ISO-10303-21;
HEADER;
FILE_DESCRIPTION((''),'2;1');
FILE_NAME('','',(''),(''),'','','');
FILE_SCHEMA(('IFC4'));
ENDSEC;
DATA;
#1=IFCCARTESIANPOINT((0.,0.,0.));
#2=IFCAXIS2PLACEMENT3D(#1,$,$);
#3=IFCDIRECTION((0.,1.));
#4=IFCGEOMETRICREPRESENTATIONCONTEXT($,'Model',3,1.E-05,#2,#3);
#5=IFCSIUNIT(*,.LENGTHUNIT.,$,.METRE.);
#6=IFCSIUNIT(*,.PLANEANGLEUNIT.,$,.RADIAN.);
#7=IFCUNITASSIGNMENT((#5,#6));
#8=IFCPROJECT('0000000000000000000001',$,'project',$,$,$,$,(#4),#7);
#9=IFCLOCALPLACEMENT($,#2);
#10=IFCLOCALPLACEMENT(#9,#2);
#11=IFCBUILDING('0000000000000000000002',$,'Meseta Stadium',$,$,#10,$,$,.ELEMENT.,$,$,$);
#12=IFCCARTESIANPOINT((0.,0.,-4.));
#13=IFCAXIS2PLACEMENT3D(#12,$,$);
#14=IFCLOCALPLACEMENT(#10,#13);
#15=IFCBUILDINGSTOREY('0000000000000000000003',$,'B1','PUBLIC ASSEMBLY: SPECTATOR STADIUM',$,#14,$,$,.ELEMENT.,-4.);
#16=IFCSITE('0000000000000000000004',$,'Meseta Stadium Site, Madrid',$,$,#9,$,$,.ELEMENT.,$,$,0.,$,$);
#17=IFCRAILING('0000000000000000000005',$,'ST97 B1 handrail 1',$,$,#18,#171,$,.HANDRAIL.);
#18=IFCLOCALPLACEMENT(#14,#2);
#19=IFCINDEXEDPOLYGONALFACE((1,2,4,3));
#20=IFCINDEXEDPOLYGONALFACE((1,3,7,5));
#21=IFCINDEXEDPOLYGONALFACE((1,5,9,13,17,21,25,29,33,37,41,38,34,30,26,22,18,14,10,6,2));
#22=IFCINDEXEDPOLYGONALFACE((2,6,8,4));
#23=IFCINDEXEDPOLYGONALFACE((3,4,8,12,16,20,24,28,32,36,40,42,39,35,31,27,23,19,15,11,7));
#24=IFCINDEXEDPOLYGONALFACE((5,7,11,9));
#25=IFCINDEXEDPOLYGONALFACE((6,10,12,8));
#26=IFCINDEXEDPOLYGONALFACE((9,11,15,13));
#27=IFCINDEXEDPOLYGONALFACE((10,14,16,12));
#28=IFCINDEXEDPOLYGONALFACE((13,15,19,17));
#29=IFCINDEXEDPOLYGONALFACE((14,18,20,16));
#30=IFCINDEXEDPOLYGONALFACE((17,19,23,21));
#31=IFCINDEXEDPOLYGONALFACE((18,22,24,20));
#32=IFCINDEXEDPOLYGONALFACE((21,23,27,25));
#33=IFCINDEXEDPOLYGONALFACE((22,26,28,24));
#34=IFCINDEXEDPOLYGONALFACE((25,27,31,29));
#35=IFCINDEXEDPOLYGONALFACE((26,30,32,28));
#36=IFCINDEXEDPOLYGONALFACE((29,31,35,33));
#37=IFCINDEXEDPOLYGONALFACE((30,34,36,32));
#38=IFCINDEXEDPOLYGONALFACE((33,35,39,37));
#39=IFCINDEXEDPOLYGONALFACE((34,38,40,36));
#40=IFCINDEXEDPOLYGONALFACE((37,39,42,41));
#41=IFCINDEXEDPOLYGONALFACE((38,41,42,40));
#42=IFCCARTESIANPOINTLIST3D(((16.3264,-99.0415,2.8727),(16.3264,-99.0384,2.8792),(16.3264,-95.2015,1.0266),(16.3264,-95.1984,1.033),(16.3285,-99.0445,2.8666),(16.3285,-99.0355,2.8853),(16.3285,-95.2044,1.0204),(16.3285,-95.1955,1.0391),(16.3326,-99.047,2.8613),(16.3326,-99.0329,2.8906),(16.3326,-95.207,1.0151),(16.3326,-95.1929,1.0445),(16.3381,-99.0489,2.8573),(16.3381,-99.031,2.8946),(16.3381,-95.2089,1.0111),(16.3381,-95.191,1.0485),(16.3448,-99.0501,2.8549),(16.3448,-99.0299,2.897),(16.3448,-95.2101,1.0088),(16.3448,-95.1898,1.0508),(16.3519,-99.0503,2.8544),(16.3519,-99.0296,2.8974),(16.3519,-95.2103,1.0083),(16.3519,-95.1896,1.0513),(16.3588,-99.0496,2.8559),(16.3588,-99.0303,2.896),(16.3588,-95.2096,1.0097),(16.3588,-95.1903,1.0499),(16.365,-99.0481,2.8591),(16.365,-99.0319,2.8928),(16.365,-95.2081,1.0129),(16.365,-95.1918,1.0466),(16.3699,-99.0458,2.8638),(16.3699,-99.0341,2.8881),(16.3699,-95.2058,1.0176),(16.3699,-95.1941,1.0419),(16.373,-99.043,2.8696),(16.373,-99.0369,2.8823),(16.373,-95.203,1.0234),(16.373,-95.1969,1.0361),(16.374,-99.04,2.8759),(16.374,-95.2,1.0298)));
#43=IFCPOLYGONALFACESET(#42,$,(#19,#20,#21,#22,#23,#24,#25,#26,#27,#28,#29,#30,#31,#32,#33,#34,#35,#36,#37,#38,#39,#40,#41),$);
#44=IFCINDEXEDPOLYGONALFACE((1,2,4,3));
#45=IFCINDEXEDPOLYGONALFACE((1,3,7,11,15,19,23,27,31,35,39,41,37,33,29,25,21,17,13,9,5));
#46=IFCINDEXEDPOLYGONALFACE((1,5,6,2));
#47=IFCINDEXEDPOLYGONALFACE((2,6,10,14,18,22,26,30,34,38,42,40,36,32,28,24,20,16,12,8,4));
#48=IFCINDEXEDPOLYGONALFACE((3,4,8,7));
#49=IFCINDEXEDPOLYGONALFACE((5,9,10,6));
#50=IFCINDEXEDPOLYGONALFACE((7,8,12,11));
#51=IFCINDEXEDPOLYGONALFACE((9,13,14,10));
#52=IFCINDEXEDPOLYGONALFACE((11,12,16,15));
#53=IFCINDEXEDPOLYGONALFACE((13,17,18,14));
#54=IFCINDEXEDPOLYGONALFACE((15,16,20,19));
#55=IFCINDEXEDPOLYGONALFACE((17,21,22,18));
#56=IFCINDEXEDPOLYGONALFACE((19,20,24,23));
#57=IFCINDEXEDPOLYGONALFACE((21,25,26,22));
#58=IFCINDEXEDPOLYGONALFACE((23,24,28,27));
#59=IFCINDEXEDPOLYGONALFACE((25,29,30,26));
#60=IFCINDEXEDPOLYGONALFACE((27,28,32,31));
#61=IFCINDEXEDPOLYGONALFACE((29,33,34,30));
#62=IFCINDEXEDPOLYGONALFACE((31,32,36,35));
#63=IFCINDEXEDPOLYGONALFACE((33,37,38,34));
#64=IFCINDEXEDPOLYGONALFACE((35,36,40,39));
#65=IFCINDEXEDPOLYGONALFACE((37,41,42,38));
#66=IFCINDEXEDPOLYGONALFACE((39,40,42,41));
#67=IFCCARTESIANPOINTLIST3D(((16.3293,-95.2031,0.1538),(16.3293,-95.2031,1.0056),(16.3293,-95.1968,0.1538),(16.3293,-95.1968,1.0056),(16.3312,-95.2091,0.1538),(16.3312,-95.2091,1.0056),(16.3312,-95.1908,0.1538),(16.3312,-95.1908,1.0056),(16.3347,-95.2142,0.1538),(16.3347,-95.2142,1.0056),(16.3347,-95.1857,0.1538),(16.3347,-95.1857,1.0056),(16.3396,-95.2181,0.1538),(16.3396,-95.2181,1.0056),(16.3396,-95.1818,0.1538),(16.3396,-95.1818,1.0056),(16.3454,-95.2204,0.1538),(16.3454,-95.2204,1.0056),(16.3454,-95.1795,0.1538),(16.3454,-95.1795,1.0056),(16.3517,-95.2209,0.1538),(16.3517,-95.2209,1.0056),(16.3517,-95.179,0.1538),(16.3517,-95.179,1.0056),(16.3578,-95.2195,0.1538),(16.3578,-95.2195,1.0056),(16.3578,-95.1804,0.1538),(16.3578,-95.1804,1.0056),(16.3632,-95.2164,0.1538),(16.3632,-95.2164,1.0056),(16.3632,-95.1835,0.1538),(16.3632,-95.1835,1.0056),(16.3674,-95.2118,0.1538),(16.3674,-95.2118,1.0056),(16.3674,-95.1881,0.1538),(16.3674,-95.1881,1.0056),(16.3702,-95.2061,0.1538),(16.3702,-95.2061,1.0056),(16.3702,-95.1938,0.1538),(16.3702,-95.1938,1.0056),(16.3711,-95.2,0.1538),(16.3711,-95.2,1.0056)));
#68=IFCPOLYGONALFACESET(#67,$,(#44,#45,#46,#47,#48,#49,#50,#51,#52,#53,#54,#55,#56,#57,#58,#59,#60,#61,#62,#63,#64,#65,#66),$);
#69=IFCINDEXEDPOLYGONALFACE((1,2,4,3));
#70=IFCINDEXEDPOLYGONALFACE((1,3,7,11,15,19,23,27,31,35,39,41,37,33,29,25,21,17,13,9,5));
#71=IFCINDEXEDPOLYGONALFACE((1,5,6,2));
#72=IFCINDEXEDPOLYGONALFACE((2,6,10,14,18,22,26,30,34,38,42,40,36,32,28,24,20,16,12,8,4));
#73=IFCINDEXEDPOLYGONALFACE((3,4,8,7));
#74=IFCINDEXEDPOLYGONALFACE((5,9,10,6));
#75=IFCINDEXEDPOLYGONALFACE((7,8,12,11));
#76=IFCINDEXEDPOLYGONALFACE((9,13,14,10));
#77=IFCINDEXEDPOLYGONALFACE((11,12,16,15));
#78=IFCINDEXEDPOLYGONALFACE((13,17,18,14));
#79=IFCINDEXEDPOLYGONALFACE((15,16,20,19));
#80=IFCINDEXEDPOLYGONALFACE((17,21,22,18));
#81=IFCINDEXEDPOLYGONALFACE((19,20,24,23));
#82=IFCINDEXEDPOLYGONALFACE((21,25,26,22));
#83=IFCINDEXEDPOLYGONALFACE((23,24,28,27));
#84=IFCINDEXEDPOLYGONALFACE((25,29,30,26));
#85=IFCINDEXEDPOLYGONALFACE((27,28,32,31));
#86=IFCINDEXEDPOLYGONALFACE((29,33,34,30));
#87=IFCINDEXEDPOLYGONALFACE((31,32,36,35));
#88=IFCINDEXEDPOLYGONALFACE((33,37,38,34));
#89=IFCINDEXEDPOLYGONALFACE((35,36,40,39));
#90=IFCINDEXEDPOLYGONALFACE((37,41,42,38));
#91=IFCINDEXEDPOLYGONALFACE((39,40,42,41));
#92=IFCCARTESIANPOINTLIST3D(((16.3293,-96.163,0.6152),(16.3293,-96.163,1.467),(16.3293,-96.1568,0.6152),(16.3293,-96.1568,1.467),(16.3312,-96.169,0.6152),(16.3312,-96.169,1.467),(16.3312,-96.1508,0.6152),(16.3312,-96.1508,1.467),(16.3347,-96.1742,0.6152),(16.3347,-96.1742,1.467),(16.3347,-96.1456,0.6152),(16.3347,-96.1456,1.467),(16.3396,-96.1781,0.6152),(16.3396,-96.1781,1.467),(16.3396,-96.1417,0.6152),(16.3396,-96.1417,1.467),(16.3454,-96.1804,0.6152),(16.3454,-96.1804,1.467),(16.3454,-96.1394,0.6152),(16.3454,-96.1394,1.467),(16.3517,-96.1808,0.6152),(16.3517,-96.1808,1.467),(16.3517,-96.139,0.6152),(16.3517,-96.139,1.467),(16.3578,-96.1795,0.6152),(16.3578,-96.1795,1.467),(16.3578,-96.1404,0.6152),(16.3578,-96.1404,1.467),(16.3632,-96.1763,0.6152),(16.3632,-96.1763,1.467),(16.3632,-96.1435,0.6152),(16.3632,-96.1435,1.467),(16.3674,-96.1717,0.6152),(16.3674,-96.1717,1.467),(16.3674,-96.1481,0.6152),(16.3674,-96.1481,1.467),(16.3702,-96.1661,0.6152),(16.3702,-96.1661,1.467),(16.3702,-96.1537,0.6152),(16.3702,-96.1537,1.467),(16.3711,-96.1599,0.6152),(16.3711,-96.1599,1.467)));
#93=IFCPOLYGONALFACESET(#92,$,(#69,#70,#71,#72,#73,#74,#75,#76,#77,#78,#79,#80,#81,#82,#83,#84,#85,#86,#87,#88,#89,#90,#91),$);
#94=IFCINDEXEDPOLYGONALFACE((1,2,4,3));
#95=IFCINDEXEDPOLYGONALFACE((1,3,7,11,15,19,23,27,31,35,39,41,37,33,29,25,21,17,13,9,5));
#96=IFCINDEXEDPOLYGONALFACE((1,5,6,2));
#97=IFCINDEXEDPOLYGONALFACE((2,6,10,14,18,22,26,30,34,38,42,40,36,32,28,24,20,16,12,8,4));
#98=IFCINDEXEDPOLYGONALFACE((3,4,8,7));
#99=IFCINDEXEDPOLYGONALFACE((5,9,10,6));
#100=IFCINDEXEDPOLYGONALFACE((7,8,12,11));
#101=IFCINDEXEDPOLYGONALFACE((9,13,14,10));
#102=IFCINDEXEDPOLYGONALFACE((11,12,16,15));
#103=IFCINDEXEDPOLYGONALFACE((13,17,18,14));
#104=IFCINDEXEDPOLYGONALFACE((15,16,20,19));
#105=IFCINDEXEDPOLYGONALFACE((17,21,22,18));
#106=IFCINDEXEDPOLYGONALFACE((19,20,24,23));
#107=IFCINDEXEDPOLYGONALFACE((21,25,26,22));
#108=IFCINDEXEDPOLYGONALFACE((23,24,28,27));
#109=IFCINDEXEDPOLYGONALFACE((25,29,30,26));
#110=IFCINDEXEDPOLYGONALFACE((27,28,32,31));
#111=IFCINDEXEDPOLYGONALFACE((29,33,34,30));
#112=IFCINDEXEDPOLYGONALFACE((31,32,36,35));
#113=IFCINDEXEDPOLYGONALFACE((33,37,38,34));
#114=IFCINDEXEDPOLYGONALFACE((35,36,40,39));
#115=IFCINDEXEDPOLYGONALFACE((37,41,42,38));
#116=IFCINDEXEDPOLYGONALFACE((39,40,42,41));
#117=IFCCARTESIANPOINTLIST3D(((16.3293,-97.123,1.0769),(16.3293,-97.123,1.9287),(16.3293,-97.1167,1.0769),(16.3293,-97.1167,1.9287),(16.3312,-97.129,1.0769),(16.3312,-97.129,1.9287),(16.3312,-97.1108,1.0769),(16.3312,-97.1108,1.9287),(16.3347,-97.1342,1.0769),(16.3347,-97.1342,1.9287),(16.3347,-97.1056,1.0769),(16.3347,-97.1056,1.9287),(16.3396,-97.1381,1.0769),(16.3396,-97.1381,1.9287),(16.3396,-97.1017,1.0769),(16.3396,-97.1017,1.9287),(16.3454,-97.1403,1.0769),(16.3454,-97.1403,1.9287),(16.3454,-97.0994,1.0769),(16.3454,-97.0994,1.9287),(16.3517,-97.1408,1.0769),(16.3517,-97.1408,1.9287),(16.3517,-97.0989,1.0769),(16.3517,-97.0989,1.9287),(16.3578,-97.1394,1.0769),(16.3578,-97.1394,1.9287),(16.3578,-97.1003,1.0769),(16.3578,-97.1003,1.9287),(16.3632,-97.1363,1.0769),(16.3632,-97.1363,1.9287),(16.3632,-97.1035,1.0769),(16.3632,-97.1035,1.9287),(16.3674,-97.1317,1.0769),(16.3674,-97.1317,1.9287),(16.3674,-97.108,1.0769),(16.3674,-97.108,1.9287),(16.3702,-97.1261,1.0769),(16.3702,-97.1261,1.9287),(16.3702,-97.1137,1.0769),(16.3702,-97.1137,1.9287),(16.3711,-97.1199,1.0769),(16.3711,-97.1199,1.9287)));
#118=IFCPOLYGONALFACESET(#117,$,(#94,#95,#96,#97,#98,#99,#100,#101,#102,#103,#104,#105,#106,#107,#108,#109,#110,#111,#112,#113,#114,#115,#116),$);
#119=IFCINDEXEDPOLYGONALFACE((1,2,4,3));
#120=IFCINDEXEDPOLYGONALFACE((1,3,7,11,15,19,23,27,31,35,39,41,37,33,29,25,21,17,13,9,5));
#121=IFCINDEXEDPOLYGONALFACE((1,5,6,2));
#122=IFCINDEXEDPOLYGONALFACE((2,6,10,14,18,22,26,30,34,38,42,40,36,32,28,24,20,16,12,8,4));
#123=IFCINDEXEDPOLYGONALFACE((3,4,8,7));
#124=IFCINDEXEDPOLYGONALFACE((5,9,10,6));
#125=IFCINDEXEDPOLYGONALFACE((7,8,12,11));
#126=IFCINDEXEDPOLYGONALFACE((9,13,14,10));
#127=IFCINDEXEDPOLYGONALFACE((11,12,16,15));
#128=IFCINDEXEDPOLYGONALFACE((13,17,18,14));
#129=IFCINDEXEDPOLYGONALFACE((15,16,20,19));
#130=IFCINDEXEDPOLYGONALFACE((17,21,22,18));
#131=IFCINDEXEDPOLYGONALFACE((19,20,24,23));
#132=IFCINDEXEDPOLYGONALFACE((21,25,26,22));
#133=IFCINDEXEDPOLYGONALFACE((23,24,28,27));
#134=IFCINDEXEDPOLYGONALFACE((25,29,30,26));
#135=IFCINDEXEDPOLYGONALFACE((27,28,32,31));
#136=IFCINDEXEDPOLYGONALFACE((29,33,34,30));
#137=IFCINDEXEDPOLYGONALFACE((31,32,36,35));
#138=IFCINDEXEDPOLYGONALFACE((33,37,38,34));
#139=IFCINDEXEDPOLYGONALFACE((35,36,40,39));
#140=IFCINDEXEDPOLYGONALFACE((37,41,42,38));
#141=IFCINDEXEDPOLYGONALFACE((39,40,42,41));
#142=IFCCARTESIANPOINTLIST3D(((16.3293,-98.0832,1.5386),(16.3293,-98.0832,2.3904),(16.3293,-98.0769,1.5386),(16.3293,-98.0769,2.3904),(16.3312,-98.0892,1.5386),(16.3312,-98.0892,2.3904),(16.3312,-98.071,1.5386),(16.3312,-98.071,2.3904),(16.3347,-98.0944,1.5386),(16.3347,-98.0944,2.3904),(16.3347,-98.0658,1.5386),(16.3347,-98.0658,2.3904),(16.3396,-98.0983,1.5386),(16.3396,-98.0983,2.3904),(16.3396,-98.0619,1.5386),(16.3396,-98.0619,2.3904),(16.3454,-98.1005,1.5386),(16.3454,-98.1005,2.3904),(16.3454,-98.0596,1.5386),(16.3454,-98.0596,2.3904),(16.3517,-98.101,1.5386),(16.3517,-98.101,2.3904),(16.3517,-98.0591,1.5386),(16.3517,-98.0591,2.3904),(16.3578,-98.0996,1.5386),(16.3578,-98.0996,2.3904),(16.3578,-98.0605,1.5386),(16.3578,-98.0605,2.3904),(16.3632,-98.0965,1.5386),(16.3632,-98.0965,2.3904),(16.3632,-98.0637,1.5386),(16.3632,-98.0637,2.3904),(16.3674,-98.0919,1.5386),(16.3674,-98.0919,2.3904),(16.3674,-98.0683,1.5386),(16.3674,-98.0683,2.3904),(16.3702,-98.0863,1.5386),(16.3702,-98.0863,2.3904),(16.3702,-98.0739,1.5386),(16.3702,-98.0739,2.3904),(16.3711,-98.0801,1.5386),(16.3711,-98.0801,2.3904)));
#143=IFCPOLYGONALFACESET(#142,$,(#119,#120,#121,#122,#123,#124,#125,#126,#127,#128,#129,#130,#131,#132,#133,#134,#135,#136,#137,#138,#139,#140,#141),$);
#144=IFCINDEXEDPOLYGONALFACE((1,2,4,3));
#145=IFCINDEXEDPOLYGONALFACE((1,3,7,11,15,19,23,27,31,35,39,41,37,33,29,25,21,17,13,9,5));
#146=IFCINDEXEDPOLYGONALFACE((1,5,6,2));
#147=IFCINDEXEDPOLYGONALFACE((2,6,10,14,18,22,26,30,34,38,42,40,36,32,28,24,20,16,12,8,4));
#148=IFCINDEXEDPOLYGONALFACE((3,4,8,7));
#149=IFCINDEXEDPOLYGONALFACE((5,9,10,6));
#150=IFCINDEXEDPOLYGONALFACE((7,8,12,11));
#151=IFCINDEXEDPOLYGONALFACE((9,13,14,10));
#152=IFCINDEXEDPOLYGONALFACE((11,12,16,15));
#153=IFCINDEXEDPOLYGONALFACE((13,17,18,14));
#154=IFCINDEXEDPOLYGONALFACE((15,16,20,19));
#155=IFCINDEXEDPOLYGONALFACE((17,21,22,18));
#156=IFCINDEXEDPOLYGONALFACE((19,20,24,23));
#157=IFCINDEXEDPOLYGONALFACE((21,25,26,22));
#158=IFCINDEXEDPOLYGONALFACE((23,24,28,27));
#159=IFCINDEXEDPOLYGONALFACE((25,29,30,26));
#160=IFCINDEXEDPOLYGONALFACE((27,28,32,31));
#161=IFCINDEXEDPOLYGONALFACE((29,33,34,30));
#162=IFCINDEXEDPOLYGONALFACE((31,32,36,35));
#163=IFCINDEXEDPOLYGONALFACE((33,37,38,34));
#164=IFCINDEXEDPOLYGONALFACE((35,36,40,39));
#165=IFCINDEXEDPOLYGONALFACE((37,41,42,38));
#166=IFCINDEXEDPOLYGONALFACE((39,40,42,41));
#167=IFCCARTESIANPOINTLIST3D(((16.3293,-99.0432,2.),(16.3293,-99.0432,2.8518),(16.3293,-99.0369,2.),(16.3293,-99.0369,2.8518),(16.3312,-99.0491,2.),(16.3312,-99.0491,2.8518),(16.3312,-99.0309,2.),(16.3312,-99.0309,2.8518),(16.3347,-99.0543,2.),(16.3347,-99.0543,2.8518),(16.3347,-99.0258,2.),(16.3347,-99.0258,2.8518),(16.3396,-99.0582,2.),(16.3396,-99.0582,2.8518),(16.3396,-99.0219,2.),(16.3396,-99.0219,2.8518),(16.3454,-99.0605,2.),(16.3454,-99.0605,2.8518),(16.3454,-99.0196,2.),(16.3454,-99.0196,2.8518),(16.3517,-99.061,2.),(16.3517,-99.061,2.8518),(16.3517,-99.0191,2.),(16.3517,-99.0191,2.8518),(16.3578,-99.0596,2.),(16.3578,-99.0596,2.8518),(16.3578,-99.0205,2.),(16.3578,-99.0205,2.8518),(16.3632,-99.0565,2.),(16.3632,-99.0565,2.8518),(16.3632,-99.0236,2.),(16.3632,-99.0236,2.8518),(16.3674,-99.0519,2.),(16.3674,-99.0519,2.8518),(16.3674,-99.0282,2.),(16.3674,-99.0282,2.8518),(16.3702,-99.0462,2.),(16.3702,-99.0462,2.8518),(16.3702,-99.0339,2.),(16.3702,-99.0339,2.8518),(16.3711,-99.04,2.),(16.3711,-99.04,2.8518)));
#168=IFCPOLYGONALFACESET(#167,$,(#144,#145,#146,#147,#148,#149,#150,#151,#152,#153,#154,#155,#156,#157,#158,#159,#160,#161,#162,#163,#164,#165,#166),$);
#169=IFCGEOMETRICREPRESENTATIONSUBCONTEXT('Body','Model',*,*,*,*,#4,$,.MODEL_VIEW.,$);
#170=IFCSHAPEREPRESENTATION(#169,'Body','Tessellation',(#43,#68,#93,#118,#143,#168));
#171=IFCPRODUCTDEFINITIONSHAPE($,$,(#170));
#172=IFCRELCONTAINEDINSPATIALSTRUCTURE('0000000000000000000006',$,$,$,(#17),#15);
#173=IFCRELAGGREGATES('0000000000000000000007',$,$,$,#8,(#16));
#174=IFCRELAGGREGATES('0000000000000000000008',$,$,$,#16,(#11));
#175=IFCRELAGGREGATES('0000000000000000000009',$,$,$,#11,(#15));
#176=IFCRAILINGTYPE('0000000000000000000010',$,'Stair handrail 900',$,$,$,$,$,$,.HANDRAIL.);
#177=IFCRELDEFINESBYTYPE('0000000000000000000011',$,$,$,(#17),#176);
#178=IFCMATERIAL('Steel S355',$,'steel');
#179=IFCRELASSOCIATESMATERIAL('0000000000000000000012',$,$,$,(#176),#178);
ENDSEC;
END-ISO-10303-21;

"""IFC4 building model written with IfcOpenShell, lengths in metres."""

from ifc_helpers import new_model, si_unit, direction, frame, origin, origin_2d, place, context, subcontext, project, spatial, circle, extrude, material, type_object, element, save


model = new_model("IFC4")

# Units and contexts
model_context = context("Model", 3, precision=1e-05, world=origin(), true_north=direction((0.0, 1.0)))
body_context = subcontext(model_context, "Body", "Model", "MODEL_VIEW")
ifc_project = project(units=[si_unit("LENGTHUNIT", "METRE"), si_unit("PLANEANGLEUNIT", "RADIAN")], contexts=[model_context])

# Site, building, storey
site_placement = place(None, origin())
site = spatial("IfcSite", under=ifc_project, at=site_placement, Name="Meseta Stadium Site, Madrid", CompositionType="ELEMENT", RefElevation=0.0)
building_placement = place(site_placement, origin())
building = spatial("IfcBuilding", under=site, at=building_placement, Name="Meseta Stadium", CompositionType="ELEMENT")
storey_placement = place(building_placement, frame((0.0, 0.0, -4.0)))
storey = spatial("IfcBuildingStorey", under=building, at=storey_placement, Name="B1", Description="PUBLIC ASSEMBLY: SPECTATOR STADIUM", CompositionType="ELEMENT", Elevation=-4.0)

# Railing
ifc_material_1 = material(Name="Steel S355", Category="steel")
railing_type_1 = type_object("IfcRailingType", Name="Stair handrail 900", PredefinedType="HANDRAIL", material=ifc_material_1)
railing_1_placement = place(storey_placement, frame((16.3501, -95.2, 0.1538)))
element("IfcRailing", 1, at=railing_1_placement, inside=storey, type_object=railing_type_1, Name="ST97 B1 handrail 1", PredefinedType="HANDRAIL", context=body_context, shape_type="SweptSolid", body=[
    extrude(circle(Radius=0.0239, at=origin_2d()), frame((0.0, 0.0, 0.876), z_axis=(0.0, -0.901253, 0.433294), x_axis=(1.0, 0.0, 0.0)), (0.0, 0.0, 1.0), 4.2607),
    extrude(circle(Radius=0.021, at=origin_2d()), origin(), (0.0, 0.0, 1.0), 0.8518),
    extrude(circle(Radius=0.021, at=origin_2d()), frame((0.0, -0.96, 0.4614)), (0.0, 0.0, 1.0), 0.8518),
    extrude(circle(Radius=0.021, at=origin_2d()), frame((0.0, -1.9199, 0.9231)), (0.0, 0.0, 1.0), 0.8518),
    extrude(circle(Radius=0.021, at=origin_2d()), frame((0.0, -2.8801, 1.3848)), (0.0, 0.0, 1.0), 0.8518),
    extrude(circle(Radius=0.021, at=origin_2d()), frame((0.0, -3.8401, 1.8462)), (0.0, 0.0, 1.0), 0.8518),
])

save(model, "model.ifc")
